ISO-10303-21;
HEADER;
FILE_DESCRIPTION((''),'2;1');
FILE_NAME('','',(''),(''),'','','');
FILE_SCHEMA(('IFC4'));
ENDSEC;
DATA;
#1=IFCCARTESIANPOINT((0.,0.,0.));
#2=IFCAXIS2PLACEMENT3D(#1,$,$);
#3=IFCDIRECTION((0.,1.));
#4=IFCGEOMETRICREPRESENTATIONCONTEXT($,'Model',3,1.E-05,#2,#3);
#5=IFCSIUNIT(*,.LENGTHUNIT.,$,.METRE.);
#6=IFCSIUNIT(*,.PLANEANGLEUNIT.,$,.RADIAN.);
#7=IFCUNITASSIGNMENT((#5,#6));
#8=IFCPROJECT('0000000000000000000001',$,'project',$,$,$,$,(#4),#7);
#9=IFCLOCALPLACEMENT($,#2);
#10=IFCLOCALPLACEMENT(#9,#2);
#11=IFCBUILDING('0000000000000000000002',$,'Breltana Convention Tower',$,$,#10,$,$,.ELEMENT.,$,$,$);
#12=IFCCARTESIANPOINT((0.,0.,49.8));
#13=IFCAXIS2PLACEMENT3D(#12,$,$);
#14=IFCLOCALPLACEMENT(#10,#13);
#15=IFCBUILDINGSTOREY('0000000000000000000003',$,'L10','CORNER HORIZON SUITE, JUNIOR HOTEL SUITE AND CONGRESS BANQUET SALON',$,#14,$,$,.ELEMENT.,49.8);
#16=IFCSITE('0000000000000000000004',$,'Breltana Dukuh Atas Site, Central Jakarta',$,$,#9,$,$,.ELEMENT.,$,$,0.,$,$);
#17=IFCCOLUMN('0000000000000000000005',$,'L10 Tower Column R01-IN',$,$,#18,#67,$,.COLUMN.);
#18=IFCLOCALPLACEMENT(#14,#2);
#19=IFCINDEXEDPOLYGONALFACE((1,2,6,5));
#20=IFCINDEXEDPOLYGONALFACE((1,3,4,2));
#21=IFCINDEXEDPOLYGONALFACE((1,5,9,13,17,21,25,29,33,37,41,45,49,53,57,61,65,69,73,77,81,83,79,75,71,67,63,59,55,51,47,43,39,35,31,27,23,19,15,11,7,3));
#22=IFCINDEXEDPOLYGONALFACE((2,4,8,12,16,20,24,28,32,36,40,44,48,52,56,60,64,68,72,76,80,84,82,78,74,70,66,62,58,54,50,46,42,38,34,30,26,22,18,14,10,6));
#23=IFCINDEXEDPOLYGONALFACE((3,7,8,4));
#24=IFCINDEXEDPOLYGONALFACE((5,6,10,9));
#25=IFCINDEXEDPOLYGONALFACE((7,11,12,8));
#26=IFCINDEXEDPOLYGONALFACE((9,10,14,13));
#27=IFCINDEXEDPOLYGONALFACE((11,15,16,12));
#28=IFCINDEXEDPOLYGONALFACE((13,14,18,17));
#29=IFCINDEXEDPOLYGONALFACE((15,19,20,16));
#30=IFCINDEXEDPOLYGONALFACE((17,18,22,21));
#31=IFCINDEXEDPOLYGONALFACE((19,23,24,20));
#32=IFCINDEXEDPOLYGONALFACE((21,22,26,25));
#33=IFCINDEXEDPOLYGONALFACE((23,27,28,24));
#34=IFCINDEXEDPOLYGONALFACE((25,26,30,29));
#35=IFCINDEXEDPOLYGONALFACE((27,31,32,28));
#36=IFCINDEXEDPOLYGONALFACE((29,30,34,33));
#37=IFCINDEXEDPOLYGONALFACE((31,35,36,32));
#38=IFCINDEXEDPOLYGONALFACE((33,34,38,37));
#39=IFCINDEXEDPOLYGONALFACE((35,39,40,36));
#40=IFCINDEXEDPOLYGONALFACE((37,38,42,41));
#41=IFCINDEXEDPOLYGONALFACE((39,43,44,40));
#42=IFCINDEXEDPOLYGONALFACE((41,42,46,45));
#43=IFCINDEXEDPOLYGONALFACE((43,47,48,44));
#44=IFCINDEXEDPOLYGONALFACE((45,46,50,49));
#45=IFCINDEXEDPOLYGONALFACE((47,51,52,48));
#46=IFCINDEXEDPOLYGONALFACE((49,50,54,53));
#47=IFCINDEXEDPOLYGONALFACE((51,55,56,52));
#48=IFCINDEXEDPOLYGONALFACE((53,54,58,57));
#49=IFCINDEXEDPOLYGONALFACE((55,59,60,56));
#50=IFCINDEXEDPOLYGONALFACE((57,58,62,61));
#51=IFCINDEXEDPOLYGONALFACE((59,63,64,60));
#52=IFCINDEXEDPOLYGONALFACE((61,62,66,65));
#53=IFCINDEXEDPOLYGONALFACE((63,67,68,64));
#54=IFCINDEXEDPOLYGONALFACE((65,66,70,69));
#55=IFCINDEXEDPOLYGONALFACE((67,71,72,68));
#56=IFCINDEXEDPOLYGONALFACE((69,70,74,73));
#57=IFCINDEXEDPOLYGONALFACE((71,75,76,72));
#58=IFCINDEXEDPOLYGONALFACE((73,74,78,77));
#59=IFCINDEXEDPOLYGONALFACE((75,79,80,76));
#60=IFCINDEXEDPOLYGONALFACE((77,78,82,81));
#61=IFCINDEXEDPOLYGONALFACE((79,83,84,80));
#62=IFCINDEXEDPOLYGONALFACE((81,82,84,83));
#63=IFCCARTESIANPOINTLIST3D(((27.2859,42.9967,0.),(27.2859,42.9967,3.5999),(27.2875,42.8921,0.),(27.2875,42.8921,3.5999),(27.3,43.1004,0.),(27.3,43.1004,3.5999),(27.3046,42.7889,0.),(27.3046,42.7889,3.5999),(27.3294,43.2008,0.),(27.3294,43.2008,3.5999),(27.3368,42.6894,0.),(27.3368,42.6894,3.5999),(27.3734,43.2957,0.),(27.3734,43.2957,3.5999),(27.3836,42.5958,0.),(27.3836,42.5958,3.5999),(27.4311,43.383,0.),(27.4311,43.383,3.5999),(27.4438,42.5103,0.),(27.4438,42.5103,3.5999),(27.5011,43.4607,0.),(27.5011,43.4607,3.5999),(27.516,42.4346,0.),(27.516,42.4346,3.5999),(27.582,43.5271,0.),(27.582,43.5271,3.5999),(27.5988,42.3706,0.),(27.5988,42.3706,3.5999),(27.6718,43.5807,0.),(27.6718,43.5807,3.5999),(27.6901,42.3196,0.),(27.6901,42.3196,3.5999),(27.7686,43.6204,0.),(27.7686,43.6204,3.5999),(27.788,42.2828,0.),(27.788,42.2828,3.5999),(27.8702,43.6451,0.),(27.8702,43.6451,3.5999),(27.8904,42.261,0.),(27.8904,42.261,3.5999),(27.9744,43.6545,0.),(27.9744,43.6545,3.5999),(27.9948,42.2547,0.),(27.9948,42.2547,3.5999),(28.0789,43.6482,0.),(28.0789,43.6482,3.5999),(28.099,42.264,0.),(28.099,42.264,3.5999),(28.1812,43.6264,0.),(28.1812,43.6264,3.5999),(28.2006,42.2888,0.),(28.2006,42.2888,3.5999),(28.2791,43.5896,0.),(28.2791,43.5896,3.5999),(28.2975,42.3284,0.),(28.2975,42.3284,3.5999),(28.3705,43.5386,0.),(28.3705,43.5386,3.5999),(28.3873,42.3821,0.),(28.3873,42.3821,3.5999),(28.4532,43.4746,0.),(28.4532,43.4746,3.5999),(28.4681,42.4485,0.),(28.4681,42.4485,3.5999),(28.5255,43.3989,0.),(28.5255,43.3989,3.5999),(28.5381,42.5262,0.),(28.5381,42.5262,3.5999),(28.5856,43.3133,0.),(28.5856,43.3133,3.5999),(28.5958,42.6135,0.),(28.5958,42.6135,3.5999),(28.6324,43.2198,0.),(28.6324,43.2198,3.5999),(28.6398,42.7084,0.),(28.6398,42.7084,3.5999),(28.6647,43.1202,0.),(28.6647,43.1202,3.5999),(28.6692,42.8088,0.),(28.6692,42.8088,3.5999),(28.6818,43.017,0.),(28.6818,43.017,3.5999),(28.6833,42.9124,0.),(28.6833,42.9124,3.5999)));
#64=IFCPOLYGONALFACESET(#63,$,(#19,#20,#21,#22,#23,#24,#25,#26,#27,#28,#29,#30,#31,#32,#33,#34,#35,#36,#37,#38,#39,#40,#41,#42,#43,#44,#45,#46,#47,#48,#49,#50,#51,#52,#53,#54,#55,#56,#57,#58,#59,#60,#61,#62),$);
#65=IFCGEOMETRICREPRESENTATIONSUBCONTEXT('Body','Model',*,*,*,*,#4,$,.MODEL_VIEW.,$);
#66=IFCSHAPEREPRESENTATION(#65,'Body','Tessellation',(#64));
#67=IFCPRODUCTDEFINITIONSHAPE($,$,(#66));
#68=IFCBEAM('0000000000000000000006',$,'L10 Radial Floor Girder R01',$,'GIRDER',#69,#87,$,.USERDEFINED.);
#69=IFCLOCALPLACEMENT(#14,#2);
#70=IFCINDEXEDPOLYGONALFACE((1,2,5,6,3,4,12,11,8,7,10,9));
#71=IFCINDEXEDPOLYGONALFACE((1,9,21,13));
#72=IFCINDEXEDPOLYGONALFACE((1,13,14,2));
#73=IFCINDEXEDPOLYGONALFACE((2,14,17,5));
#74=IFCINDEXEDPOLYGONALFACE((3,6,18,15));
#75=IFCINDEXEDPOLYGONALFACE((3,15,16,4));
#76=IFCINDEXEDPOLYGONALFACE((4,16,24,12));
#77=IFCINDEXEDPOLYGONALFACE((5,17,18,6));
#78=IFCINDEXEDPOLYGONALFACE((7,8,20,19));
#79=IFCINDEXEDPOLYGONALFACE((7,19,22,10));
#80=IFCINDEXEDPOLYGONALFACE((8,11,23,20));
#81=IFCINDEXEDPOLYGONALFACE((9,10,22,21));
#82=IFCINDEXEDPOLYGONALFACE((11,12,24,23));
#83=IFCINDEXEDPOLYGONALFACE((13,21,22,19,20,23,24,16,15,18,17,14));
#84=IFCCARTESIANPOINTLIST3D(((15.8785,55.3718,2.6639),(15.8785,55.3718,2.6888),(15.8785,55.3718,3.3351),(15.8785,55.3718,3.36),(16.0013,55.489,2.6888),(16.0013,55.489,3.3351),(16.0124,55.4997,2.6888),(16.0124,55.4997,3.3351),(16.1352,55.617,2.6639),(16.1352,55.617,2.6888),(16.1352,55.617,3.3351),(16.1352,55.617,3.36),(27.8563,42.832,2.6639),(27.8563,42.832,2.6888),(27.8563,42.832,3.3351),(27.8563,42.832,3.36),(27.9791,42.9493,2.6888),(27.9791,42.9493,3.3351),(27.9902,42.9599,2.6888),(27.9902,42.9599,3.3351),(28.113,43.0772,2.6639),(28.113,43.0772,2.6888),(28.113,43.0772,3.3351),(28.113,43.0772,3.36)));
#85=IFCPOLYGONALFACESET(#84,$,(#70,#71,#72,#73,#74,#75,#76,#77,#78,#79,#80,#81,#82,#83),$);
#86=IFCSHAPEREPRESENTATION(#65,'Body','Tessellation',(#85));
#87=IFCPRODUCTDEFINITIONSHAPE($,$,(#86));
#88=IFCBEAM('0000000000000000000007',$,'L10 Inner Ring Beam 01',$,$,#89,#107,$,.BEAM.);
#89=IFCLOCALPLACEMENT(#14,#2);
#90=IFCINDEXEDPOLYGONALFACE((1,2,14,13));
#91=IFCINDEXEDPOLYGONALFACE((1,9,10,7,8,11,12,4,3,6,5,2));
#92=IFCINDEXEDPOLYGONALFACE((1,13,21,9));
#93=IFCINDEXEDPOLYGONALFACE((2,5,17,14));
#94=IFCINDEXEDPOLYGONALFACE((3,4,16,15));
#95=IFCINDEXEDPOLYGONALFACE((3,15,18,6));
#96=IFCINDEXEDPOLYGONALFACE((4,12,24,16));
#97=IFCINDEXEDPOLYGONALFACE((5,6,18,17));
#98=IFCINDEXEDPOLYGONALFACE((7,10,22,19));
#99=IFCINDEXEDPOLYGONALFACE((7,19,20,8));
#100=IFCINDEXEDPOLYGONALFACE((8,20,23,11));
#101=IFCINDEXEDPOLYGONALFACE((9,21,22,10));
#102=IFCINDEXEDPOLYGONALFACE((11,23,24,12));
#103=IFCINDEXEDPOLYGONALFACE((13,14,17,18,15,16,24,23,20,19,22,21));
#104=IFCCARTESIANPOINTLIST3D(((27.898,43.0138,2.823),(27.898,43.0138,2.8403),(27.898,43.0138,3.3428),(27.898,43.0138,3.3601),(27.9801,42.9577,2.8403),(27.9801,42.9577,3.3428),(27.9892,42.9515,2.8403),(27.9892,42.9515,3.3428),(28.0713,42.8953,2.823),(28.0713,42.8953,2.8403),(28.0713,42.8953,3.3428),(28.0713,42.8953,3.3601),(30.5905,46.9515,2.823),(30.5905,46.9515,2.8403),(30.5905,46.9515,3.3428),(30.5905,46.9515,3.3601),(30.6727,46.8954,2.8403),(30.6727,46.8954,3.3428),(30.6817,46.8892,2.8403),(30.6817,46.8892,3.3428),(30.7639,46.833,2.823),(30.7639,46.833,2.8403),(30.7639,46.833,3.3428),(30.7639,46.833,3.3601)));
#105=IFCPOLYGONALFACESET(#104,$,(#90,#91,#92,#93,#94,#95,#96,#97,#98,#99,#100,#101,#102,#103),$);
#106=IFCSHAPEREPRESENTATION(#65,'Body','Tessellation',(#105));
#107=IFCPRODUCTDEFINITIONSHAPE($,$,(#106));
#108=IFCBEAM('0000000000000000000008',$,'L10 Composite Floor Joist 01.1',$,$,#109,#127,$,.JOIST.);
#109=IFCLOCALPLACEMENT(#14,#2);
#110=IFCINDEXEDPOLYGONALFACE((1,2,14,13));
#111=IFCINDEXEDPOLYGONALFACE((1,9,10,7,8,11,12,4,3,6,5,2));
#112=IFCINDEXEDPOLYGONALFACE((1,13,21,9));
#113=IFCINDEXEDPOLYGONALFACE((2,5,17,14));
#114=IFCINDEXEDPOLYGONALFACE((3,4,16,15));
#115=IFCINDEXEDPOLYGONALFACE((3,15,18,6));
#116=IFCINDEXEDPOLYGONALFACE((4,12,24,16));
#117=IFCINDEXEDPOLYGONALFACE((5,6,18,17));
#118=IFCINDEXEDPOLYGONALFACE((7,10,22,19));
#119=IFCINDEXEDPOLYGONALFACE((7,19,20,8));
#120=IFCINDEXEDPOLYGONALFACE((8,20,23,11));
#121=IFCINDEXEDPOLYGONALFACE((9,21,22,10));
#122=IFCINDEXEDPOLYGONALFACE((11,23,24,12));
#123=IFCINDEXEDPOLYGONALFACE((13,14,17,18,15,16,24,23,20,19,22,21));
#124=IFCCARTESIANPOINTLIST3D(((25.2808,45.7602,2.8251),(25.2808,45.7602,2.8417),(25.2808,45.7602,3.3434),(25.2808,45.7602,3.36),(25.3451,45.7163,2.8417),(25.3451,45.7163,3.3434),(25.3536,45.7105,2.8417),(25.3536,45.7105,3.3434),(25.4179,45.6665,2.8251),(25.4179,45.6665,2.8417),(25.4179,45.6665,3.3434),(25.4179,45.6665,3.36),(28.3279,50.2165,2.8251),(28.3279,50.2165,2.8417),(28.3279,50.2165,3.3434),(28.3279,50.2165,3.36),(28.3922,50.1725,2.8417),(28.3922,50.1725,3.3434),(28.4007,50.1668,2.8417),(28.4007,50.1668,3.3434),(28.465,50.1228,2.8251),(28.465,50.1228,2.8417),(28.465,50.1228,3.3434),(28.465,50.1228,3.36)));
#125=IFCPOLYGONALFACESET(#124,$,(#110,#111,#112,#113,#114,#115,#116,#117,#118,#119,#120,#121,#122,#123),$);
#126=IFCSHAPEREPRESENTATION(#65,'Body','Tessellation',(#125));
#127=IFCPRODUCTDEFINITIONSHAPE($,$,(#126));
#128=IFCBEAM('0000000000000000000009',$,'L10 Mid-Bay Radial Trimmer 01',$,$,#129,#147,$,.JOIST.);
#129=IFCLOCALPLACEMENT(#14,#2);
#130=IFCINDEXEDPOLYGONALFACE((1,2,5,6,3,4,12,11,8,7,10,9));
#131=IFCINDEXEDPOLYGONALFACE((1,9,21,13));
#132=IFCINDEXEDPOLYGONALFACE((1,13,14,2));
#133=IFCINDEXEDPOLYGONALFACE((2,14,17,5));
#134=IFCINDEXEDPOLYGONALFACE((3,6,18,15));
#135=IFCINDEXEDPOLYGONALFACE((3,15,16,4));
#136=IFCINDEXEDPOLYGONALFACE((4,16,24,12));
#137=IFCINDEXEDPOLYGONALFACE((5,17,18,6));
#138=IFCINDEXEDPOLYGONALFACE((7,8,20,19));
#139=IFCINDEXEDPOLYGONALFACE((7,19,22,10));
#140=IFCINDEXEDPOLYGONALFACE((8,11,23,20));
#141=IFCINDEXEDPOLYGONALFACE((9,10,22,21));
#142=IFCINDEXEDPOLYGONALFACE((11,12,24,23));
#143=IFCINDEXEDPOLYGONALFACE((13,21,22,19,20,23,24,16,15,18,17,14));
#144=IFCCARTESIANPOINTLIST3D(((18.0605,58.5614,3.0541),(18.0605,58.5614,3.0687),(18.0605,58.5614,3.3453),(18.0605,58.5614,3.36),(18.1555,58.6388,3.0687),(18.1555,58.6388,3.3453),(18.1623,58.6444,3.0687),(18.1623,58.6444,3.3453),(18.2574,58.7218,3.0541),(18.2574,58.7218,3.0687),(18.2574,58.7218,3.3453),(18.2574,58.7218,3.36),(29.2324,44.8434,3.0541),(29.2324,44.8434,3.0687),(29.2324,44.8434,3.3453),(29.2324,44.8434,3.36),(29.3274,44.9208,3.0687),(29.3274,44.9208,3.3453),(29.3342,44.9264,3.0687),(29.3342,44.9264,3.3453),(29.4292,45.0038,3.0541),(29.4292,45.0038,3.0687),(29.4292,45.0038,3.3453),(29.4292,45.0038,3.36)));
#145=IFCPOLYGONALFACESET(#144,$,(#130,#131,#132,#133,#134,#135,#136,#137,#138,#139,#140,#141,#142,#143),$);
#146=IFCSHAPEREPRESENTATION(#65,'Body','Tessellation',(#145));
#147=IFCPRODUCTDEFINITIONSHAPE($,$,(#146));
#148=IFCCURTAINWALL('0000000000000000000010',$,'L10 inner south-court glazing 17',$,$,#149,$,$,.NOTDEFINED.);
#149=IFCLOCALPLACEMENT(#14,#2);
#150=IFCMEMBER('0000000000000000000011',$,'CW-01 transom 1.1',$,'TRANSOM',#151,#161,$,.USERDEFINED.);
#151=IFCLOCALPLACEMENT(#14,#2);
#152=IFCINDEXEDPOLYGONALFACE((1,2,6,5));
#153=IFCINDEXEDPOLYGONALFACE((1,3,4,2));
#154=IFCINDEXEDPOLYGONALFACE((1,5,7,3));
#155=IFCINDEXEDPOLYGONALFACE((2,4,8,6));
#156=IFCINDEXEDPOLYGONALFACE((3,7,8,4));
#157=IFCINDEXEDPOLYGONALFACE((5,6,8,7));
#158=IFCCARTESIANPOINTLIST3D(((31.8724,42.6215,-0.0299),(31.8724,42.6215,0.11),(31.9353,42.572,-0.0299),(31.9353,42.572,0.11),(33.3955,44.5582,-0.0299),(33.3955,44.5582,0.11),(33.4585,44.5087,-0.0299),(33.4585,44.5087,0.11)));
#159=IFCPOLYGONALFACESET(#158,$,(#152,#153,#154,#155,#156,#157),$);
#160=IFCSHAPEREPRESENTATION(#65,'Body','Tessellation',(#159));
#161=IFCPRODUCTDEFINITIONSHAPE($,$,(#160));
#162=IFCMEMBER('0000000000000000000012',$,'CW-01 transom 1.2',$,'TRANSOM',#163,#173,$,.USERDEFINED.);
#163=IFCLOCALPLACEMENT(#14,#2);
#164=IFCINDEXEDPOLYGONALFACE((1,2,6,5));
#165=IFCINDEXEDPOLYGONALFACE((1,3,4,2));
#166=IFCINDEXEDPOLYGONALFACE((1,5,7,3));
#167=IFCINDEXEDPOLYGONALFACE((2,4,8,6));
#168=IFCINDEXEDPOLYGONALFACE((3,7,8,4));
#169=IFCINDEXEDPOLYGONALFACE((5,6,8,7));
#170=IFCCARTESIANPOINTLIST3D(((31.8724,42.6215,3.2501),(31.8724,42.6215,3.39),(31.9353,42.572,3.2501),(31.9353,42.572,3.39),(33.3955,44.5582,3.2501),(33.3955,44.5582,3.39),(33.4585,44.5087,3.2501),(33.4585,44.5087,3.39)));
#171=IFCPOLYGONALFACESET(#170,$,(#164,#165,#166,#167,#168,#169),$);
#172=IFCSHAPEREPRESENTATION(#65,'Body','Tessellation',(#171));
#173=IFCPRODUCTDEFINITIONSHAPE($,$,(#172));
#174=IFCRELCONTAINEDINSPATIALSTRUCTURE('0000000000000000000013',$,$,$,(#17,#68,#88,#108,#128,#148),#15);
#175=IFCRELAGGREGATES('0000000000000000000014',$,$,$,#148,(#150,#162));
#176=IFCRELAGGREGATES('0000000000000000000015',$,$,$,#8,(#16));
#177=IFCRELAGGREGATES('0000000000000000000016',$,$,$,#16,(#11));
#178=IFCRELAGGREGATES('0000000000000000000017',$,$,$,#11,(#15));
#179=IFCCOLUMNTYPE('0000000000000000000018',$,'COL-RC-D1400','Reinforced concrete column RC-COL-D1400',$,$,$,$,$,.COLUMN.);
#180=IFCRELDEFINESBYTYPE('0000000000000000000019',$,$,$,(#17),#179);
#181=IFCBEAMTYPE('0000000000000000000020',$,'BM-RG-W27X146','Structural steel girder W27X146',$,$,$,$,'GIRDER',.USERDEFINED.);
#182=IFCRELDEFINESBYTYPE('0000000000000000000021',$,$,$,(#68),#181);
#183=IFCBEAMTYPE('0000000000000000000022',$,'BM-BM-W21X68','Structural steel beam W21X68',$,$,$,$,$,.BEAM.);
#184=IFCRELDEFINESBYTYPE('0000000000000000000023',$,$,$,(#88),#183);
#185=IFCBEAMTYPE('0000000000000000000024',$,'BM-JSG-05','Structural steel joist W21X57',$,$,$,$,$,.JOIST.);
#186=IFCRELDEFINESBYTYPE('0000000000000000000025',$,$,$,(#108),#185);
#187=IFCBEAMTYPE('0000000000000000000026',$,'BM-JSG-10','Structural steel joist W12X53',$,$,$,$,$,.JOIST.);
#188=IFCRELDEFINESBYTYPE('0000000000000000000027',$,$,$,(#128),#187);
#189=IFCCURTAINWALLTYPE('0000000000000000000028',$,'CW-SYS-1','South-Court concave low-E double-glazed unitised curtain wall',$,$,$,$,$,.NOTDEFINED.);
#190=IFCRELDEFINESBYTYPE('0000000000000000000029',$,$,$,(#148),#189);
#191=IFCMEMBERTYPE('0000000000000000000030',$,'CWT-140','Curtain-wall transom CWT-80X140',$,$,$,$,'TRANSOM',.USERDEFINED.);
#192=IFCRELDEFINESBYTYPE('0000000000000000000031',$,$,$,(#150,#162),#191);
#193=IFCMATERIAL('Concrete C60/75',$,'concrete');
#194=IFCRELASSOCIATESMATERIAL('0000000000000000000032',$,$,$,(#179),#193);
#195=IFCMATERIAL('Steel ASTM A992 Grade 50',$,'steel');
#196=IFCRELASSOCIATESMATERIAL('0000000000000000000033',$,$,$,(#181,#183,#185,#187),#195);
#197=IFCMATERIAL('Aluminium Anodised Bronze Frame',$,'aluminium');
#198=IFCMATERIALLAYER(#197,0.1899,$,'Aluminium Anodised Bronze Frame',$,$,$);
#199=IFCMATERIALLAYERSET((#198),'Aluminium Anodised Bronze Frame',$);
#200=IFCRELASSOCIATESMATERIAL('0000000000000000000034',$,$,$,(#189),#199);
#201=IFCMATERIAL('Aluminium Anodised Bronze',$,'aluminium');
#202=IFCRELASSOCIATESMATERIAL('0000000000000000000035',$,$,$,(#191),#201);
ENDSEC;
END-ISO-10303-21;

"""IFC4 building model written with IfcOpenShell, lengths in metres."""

from ifc_helpers import new_model, si_unit, direction, frame, origin, origin_2d, place, context, subcontext, project, spatial, rectangle, circle, i_section, extrude, source, transform, mapped, material, layer, layer_set, material_profile, profile_set, type_object, type_shapes, element, aggregate, save


model = new_model("IFC4")

# Units and contexts
model_context = context("Model", 3, precision=1e-05, world=origin(), true_north=direction((0.0, 1.0)))
body_context = subcontext(model_context, "Body", "Model", "MODEL_VIEW")
ifc_project = project(units=[si_unit("LENGTHUNIT", "METRE"), si_unit("PLANEANGLEUNIT", "RADIAN")], contexts=[model_context])

# Site, building, storey
site_placement = place(None, origin())
site = spatial("IfcSite", under=ifc_project, at=site_placement, Name="Breltana Dukuh Atas Site, Central Jakarta", CompositionType="ELEMENT", RefElevation=0.0)
building_placement = place(site_placement, origin())
building = spatial("IfcBuilding", under=site, at=building_placement, Name="Breltana Convention Tower", CompositionType="ELEMENT")
storey_placement = place(building_placement, frame((0.0, 0.0, 49.8)))
storey = spatial("IfcBuildingStorey", under=building, at=storey_placement, Name="L10", Description="CORNER HORIZON SUITE, JUNIOR HOTEL SUITE AND CONGRESS BANQUET SALON", CompositionType="ELEMENT", Elevation=49.8)

# Column
ifc_material_1 = material(Name="Concrete C60/75", Category="concrete")
ifc_material_profile_1 = material_profile(ifc_material_1, circle(Radius=0.7, at=origin_2d()), Name="RC-COL-D1400")
ifc_profile_set_1 = profile_set([ifc_material_profile_1], Name="Concrete C60/75")
column_type = type_object("IfcColumnType", Name="COL-RC-D1400", Description="Reinforced concrete column RC-COL-D1400", PredefinedType="COLUMN", material=ifc_profile_set_1)
shared_shape_1 = source(origin(), body_context, "Body", "SweptSolid", [
    extrude(circle(Radius=0.7, at=origin_2d()), origin(), (0.0, 0.0, 1.0), 3.5999),
])
column_placement = place(storey_placement, frame((27.9846, 42.9546, 0.0), z_axis=(0.0, 0.0, 1.0), x_axis=(-0.690756, 0.723088, 0.0)))
element("IfcColumn", 1, at=column_placement, inside=storey, type_object=column_type, Name="L10 Tower Column R01-IN", PredefinedType="COLUMN", context=body_context, shape_type="MappedRepresentation", body=[
    mapped(shared_shape_1, transform((0.0, 0.0, 0.0), scale=1.0)),
])

# Beams
ifc_material_2 = material(Name="Steel ASTM A992 Grade 50", Category="steel")
ifc_material_profile_2 = material_profile(ifc_material_2, i_section(OverallWidth=0.355, OverallDepth=0.696, WebThickness=0.0154, FlangeThickness=0.0249, at=origin_2d()), Name="W27X146")
ifc_profile_set_2 = profile_set([ifc_material_profile_2], Name="Steel ASTM A992 Grade 50")
beam_type_1 = type_object("IfcBeamType", Name="BM-RG-W27X146", Description="Structural steel girder W27X146", ElementType="GIRDER", PredefinedType="USERDEFINED", material=ifc_profile_set_2)
shared_shape_2 = source(origin(), body_context, "Body", "SweptSolid", [
    extrude(i_section(OverallWidth=0.355, OverallDepth=0.696, WebThickness=0.0154, FlangeThickness=0.0249, at=origin_2d()), origin(), (0.0, 0.0, 1.0), 17.3411),
])
type_shapes(beam_type_1, [shared_shape_2])
beam_1_placement = place(storey_placement, frame((27.9846, 42.9546, 3.012), z_axis=(-0.690716, 0.723126, 0.0), x_axis=(-0.723126, -0.690716, 0.0)))
element("IfcBeam", 2, at=beam_1_placement, inside=storey, type_object=beam_type_1, Name="L10 Radial Floor Girder R01", ObjectType="GIRDER", PredefinedType="USERDEFINED", context=body_context, shape_type="MappedRepresentation", body=[
    mapped(shared_shape_2, transform((0.0, 0.0, 0.0), scale=1.0)),
])
ifc_material_profile_3 = material_profile(ifc_material_2, i_section(OverallWidth=0.21, OverallDepth=0.5371, WebThickness=0.011, FlangeThickness=0.0173, at=origin_2d()), Name="W21X68")
ifc_profile_set_3 = profile_set([ifc_material_profile_3], Name="Steel ASTM A992 Grade 50")
beam_type_2 = type_object("IfcBeamType", Name="BM-BM-W21X68", Description="Structural steel beam W21X68", PredefinedType="BEAM", material=ifc_profile_set_3)
shared_shape_3 = source(origin(), body_context, "Body", "SweptSolid", [
    extrude(i_section(OverallWidth=0.21, OverallDepth=0.5371, WebThickness=0.011, FlangeThickness=0.0173, at=origin_2d()), origin(), (0.0, 0.0, 1.0), 4.7703),
])
beam_2_placement = place(storey_placement, frame((27.9846, 42.9546, 3.0916), z_axis=(0.564453, 0.825465, 0.0), x_axis=(-0.825465, 0.564453, 0.0)))
element("IfcBeam", 3, at=beam_2_placement, inside=storey, type_object=beam_type_2, Name="L10 Inner Ring Beam 01", PredefinedType="BEAM", context=body_context, shape_type="MappedRepresentation", body=[
    mapped(shared_shape_3, transform((0.0, 0.0, 0.0), scale=1.0)),
])
ifc_material_profile_4 = material_profile(ifc_material_2, i_section(OverallWidth=0.166, OverallDepth=0.5349, WebThickness=0.0103, FlangeThickness=0.0166, at=origin_2d()), Name="W21X57")
ifc_profile_set_4 = profile_set([ifc_material_profile_4], Name="Steel ASTM A992 Grade 50")
beam_type_3 = type_object("IfcBeamType", Name="BM-JSG-05", Description="Structural steel joist W21X57", PredefinedType="JOIST", material=ifc_profile_set_4)
shared_shape_4 = source(origin(), body_context, "Body", "SweptSolid", [
    extrude(i_section(OverallWidth=0.166, OverallDepth=0.5349, WebThickness=0.0103, FlangeThickness=0.0166, at=origin_2d()), origin(), (0.0, 0.0, 1.0), 5.3984),
])
type_shapes(beam_type_3, [shared_shape_4])
beam_3_placement = place(storey_placement, frame((25.3494, 45.7134, 3.0925), z_axis=(0.564441, 0.825474, 0.0), x_axis=(-0.825474, 0.564441, 0.0)))
element("IfcBeam", 4, at=beam_3_placement, inside=storey, type_object=beam_type_3, Name="L10 Composite Floor Joist 01.1", PredefinedType="JOIST", context=body_context, shape_type="MappedRepresentation", body=[
    mapped(shared_shape_4, transform((0.0, 0.0, 0.0), scale=1.0)),
])
ifc_material_profile_5 = material_profile(ifc_material_2, i_section(OverallWidth=0.2539, OverallDepth=0.3059, WebThickness=0.0088, FlangeThickness=0.0146, at=origin_2d()), Name="W12X53")
ifc_profile_set_5 = profile_set([ifc_material_profile_5], Name="Steel ASTM A992 Grade 50")
beam_type_4 = type_object("IfcBeamType", Name="BM-JSG-10", Description="Structural steel joist W12X53", PredefinedType="JOIST", material=ifc_profile_set_5)
shared_shape_5 = source(origin(), body_context, "Body", "SweptSolid", [
    extrude(i_section(OverallWidth=0.2539, OverallDepth=0.3059, WebThickness=0.0088, FlangeThickness=0.0146, at=origin_2d()), origin(), (0.0, 0.0, 1.0), 17.6917),
])
type_shapes(beam_type_4, [shared_shape_5])
beam_4_placement = place(storey_placement, frame((29.3308, 44.9236, 3.207), z_axis=(-0.631477, 0.775395, 0.0), x_axis=(-0.775395, -0.631477, 0.0)))
element("IfcBeam", 5, at=beam_4_placement, inside=storey, type_object=beam_type_4, Name="L10 Mid-Bay Radial Trimmer 01", PredefinedType="JOIST", context=body_context, shape_type="MappedRepresentation", body=[
    mapped(shared_shape_5, transform((0.0, 0.0, 0.0), scale=1.0)),
])

# Curtain wall, members
ifc_material_3 = material(Name="Aluminium Anodised Bronze Frame", Category="aluminium")
ifc_layer_1 = layer(ifc_material_3, 0.1899, Name="Aluminium Anodised Bronze Frame")
ifc_layer_set_1 = layer_set([ifc_layer_1], Name="Aluminium Anodised Bronze Frame")
curtain_wall_type = type_object("IfcCurtainWallType", Name="CW-SYS-1", Description="South-Court concave low-E double-glazed unitised curtain wall", PredefinedType="NOTDEFINED", material=ifc_layer_set_1)
curtain_wall_1_placement = place(storey_placement, origin())
curtain_wall_1 = element("IfcCurtainWall", 6, at=curtain_wall_1_placement, inside=storey, type_object=curtain_wall_type, Name="L10 inner south-court glazing 17", PredefinedType="NOTDEFINED")
ifc_material_4 = material(Name="Aluminium Anodised Bronze", Category="aluminium")
ifc_material_profile_6 = material_profile(ifc_material_4, rectangle(XDim=0.0801, YDim=0.1399, at=origin_2d()), Name="CWT-80X140")
ifc_profile_set_6 = profile_set([ifc_material_profile_6], Name="Aluminium Anodised Bronze")
member_type_1 = type_object("IfcMemberType", Name="CWT-140", Description="Curtain-wall transom CWT-80X140", ElementType="TRANSOM", PredefinedType="USERDEFINED", material=ifc_profile_set_6)
shared_shape_6 = source(origin(), body_context, "Body", "SweptSolid", [
    extrude(rectangle(XDim=0.0801, YDim=0.1399, at=origin_2d()), origin(), (0.0, 0.0, 1.0), 2.4639),
])
member_1_placement = place(storey_placement, frame((33.427, 44.5334, 0.04), z_axis=(-0.618185, -0.786033, 0.0), x_axis=(0.786033, -0.618185, 0.0)))
member_1 = element("IfcMember", 7, at=member_1_placement, type_object=member_type_1, Name="CW-01 transom 1.1", ObjectType="TRANSOM", PredefinedType="USERDEFINED", context=body_context, shape_type="MappedRepresentation", body=[
    mapped(shared_shape_6, transform((0.0, 0.0, 0.0), scale=1.0)),
])
member_2_placement = place(storey_placement, frame((33.427, 44.5334, 3.3201), z_axis=(-0.618185, -0.786033, 0.0), x_axis=(0.786033, -0.618185, 0.0)))
member_2 = element("IfcMember", 8, at=member_2_placement, type_object=member_type_1, Name="CW-01 transom 1.2", ObjectType="TRANSOM", PredefinedType="USERDEFINED", context=body_context, shape_type="MappedRepresentation", body=[
    mapped(shared_shape_6, transform((0.0, 0.0, 0.0), scale=1.0)),
])

aggregate(curtain_wall_1, [member_1, member_2])

save(model, "model.ifc")
